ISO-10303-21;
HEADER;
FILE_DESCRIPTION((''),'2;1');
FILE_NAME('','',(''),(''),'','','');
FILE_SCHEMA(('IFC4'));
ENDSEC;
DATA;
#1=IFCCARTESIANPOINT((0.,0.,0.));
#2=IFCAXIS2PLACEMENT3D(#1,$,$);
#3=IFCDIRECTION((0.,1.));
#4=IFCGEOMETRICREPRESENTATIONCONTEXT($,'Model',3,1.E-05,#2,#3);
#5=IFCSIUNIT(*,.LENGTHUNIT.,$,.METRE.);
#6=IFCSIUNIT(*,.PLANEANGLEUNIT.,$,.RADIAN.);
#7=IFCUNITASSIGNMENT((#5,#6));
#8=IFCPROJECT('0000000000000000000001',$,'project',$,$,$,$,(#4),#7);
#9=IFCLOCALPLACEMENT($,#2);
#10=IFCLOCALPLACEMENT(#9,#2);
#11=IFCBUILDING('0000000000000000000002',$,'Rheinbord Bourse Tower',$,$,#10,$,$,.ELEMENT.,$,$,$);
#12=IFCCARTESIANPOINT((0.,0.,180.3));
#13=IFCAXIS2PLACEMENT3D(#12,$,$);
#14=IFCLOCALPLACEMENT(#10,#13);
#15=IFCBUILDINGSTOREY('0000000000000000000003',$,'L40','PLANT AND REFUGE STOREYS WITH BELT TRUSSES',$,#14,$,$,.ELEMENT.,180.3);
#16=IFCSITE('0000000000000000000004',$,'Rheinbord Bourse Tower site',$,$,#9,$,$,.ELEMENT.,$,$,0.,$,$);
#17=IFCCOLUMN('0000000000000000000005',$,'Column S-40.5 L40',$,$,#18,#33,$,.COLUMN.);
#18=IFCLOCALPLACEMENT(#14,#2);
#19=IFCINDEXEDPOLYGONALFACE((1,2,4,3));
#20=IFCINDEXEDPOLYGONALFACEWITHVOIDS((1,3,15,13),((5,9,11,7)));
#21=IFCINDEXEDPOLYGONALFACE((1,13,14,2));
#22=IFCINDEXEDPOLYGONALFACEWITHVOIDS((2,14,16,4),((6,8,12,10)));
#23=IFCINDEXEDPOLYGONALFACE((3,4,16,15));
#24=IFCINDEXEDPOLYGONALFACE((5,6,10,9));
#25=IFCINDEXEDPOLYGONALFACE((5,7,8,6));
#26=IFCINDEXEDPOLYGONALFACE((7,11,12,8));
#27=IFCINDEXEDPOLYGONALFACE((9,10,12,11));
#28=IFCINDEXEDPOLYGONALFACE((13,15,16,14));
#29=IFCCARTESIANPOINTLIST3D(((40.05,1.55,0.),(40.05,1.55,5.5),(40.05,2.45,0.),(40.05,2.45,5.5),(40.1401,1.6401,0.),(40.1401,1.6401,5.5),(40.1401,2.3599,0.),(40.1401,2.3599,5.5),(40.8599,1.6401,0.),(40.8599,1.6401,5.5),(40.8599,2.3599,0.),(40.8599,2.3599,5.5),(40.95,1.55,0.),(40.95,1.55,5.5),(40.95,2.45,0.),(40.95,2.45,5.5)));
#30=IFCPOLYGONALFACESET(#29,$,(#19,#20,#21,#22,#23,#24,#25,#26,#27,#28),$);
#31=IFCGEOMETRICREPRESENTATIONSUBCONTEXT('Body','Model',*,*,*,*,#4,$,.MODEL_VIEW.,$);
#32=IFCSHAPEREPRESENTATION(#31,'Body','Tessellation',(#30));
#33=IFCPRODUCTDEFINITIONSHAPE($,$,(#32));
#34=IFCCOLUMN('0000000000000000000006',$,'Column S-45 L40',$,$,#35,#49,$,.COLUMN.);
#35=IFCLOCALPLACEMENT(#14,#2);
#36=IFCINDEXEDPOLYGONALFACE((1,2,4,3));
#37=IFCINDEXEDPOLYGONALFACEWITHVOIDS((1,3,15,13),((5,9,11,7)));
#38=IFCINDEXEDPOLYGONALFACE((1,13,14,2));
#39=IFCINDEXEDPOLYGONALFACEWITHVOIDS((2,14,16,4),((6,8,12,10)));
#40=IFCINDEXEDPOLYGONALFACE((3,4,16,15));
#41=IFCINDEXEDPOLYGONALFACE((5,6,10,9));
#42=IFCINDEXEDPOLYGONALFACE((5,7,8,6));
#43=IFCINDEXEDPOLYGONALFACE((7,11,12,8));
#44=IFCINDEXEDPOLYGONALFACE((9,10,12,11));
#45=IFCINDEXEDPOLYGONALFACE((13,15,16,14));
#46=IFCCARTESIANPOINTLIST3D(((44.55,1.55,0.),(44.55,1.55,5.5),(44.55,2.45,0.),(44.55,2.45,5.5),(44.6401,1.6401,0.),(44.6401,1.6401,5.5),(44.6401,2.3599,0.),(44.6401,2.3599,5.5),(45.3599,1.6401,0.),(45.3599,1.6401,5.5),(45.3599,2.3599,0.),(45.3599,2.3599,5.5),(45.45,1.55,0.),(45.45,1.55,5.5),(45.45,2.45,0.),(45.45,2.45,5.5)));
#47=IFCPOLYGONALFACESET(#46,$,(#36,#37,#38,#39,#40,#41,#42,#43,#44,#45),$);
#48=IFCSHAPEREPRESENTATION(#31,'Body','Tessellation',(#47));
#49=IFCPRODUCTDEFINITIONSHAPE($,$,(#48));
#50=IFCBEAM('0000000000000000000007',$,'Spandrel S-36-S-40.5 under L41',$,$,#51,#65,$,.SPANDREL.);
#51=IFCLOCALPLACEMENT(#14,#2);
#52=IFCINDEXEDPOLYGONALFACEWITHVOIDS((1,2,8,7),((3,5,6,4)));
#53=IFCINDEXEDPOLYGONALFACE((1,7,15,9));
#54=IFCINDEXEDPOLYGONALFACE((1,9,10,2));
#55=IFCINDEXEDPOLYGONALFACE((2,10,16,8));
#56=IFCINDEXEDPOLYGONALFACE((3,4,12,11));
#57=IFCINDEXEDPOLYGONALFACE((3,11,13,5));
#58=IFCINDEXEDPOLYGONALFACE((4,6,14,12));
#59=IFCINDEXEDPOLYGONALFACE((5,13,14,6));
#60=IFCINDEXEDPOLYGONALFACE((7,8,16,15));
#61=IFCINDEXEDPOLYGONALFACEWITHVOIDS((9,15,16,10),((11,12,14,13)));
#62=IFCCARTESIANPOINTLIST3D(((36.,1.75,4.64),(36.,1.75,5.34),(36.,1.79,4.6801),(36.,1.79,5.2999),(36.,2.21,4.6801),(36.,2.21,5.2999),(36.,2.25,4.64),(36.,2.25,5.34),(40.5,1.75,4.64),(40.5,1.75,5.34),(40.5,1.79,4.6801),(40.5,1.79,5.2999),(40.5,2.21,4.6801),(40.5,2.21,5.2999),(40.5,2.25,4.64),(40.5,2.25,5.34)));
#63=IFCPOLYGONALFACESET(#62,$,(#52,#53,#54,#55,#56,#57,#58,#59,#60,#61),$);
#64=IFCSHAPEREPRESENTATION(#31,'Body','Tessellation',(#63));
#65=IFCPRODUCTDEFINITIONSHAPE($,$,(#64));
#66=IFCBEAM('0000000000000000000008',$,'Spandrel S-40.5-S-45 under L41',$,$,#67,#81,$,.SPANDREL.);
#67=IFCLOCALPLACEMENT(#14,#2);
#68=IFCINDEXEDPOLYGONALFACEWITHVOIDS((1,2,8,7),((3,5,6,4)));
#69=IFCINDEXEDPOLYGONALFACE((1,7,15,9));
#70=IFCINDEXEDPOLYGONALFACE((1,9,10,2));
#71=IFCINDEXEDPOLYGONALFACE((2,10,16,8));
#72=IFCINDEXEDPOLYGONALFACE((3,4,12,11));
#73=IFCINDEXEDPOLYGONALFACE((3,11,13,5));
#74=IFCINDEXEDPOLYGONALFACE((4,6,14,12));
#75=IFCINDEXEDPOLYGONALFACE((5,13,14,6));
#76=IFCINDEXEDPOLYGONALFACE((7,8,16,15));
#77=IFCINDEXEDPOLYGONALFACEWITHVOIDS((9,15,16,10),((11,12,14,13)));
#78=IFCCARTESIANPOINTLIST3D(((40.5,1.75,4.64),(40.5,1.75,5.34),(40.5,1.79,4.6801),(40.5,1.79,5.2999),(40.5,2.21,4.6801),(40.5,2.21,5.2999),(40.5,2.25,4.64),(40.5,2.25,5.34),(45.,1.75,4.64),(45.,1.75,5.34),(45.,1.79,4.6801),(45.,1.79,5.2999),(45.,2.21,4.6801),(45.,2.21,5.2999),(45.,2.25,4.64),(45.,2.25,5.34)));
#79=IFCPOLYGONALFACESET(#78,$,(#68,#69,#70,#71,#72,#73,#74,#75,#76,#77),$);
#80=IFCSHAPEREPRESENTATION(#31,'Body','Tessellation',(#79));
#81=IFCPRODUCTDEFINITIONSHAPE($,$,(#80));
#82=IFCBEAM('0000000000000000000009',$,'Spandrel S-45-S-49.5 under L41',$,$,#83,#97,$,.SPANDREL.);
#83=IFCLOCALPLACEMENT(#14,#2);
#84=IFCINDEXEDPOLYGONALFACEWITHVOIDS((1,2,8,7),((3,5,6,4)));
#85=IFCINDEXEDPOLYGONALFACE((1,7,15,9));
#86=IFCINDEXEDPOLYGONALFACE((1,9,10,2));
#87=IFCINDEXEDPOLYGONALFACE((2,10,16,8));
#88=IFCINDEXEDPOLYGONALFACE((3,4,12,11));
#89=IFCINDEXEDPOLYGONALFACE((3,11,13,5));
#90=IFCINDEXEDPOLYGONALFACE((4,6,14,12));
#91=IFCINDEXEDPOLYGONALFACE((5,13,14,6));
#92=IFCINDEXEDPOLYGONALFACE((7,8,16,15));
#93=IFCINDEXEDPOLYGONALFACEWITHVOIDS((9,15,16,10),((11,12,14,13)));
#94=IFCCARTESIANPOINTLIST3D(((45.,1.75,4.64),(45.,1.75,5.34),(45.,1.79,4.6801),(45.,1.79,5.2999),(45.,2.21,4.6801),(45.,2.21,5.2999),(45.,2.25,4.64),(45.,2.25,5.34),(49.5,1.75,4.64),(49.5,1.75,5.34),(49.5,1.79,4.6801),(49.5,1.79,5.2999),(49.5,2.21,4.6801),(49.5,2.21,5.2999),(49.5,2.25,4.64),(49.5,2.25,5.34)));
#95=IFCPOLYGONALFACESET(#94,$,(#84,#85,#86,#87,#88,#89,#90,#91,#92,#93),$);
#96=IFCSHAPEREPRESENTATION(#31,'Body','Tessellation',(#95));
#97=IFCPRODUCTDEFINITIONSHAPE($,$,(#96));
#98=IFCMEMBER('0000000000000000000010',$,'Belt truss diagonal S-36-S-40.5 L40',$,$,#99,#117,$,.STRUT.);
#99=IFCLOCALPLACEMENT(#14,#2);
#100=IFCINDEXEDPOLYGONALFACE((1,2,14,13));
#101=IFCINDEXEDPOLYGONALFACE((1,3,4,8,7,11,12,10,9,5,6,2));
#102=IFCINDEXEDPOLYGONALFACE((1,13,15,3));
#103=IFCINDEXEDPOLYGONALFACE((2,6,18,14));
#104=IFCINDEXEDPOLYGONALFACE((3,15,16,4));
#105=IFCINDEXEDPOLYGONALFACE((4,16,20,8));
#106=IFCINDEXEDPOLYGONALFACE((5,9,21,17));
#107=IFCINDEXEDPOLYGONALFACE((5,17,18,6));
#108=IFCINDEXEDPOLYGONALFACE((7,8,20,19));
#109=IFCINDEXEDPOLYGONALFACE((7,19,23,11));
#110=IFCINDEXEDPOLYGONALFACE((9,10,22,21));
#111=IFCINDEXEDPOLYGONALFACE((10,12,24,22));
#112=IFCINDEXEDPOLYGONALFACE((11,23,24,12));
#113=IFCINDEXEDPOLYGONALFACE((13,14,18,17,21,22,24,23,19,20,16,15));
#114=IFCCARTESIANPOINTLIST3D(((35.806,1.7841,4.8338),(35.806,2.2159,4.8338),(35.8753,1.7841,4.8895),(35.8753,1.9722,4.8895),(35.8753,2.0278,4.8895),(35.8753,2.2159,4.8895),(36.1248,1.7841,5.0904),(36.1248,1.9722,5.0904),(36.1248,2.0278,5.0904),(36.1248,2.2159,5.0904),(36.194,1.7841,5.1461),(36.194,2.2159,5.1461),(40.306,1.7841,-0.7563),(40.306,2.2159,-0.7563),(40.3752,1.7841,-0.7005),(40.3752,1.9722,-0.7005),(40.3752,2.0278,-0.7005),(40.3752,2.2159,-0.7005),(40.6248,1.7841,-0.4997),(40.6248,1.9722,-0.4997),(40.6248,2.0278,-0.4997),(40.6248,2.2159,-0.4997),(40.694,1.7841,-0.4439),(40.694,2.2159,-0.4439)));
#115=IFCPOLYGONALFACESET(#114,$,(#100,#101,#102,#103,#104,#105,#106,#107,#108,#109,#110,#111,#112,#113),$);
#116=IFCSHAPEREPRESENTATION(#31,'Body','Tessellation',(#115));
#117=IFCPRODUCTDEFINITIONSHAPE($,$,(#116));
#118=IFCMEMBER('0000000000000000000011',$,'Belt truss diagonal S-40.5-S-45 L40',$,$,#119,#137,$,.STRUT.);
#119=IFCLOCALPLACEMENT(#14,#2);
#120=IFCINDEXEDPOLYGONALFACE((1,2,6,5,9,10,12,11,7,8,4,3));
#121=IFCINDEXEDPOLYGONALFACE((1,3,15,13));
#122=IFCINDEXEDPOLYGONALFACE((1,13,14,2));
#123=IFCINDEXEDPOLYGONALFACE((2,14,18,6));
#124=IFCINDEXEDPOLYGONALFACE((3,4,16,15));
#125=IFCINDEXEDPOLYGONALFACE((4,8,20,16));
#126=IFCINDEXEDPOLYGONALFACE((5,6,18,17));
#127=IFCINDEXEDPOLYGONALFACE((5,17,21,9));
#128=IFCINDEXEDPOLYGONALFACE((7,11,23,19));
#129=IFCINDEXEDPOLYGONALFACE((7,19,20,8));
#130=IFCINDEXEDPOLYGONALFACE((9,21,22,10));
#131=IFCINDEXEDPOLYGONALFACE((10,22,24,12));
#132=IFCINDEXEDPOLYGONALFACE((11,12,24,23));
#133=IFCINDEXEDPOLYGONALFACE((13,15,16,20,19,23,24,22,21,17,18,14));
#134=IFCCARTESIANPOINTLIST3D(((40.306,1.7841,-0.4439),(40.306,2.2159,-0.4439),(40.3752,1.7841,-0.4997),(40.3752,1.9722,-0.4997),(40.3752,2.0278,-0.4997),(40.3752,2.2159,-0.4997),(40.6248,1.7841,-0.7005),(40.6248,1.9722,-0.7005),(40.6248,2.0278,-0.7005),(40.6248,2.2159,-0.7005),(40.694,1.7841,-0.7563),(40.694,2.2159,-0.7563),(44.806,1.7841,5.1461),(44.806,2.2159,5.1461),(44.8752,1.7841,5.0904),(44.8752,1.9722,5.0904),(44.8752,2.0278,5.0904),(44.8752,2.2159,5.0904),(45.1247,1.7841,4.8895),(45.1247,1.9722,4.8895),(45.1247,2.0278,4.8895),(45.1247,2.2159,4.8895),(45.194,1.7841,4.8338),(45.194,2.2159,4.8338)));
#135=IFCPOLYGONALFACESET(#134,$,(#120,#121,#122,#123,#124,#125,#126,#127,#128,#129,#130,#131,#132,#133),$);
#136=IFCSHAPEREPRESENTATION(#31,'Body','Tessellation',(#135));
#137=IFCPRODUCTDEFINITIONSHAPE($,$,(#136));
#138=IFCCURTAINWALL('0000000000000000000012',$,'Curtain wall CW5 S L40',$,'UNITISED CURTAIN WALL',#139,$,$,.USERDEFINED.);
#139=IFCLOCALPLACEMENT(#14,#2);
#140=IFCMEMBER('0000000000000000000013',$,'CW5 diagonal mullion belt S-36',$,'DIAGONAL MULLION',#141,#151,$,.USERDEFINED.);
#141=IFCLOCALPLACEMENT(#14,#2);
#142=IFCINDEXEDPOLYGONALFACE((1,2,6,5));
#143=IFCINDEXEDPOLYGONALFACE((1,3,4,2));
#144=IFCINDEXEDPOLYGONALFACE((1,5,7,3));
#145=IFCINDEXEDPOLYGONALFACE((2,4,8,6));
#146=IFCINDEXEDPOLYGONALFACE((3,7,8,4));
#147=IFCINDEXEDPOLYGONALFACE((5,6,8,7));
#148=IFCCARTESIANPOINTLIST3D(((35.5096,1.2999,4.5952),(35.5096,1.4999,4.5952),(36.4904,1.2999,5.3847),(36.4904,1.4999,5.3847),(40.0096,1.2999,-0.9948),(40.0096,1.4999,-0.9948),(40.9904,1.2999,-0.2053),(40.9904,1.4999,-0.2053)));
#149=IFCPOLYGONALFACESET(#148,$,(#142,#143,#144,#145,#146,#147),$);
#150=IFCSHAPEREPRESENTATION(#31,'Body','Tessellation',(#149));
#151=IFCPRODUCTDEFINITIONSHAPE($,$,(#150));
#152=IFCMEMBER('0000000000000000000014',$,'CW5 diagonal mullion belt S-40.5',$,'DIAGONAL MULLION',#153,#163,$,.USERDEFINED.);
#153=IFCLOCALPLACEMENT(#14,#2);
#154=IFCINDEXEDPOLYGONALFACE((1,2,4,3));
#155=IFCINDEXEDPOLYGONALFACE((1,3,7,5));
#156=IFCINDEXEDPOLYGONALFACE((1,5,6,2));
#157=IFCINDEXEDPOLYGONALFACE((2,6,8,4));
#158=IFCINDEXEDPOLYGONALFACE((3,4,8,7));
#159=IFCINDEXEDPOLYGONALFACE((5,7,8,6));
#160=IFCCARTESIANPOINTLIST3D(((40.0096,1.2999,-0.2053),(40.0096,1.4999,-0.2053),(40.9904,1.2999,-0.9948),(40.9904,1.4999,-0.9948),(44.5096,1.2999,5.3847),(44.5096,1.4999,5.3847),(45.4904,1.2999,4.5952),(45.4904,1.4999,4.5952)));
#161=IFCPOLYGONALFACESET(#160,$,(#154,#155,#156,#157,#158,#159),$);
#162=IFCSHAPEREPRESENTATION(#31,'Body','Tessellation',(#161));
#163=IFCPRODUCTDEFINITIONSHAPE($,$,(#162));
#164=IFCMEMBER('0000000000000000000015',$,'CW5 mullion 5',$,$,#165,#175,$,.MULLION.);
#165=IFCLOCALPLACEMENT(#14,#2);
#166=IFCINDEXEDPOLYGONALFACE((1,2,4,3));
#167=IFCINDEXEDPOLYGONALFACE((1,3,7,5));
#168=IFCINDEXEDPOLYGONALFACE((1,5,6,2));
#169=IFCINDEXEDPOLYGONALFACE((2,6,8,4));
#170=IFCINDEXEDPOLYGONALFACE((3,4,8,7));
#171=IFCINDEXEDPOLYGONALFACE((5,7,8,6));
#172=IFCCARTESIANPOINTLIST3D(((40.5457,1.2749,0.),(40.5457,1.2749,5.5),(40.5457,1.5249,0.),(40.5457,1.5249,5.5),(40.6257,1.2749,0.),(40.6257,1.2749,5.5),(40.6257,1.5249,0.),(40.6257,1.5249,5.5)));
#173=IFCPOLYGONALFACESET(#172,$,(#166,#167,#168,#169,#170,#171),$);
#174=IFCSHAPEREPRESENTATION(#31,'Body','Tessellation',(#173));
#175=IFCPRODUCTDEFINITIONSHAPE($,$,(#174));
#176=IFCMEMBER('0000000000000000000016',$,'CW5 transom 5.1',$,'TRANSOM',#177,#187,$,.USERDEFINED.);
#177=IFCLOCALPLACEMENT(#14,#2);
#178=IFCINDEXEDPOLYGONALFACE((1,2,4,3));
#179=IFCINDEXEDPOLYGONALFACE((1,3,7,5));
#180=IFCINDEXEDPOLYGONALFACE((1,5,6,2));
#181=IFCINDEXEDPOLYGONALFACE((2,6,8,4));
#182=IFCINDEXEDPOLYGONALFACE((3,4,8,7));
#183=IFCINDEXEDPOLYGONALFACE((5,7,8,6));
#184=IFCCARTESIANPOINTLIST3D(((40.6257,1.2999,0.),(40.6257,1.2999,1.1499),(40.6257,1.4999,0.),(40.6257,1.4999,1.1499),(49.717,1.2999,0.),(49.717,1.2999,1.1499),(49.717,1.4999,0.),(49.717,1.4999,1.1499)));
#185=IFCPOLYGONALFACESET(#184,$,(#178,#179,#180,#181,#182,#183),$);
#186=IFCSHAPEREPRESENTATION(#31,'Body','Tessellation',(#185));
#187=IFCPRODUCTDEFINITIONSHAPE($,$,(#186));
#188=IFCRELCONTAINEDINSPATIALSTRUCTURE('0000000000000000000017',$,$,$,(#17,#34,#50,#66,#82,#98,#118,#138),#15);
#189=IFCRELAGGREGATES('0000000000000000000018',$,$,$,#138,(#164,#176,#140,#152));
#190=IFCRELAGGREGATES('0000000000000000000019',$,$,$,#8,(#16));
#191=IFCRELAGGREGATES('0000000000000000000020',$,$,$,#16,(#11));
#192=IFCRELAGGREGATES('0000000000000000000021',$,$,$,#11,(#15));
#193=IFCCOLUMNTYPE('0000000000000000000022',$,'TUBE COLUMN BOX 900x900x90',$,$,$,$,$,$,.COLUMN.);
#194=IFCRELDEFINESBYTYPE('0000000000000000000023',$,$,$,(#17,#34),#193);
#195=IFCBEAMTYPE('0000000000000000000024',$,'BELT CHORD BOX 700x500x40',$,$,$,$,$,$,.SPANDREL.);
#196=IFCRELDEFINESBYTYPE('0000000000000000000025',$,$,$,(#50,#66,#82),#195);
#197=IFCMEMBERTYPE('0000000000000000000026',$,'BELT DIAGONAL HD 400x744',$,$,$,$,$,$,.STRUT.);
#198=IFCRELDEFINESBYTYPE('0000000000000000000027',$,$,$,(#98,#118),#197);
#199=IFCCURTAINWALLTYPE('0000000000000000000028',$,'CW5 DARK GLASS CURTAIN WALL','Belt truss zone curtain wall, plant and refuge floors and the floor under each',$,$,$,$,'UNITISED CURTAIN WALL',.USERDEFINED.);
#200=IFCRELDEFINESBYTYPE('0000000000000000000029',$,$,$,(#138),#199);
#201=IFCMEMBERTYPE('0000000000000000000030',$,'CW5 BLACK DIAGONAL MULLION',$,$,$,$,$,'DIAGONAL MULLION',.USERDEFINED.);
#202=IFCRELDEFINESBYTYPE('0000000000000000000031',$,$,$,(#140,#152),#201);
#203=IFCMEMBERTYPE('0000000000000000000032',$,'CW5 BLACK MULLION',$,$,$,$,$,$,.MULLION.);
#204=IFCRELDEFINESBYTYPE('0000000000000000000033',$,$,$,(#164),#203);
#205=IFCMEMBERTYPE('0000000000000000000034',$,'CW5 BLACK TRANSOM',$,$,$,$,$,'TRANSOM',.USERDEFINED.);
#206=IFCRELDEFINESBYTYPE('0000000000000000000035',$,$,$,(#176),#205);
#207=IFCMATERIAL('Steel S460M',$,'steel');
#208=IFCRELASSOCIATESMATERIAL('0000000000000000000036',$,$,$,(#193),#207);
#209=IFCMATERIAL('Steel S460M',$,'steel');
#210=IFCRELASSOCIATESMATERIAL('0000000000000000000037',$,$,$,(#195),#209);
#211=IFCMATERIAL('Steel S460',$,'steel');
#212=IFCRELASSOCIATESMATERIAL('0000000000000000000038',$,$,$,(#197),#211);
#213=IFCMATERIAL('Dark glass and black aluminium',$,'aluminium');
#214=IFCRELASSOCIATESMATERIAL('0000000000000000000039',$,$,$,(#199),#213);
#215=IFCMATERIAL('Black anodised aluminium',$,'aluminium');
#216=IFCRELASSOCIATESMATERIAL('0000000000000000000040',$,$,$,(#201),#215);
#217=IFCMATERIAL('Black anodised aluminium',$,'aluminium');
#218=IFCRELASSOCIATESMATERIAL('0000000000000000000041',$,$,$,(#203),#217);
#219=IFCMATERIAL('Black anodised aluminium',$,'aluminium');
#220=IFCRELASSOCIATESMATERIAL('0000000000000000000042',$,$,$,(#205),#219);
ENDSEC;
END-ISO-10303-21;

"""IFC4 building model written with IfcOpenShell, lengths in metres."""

from ifc_helpers import new_model, si_unit, direction, frame, origin, origin_2d, place, context, subcontext, project, spatial, rectangle, hollow_rectangle, i_section, extrude, material, material_profile, profile_set, type_object, element, aggregate, save


model = new_model("IFC4")

# Units and contexts
model_context = context("Model", 3, precision=1e-05, world=origin(), true_north=direction((0.0, 1.0)))
body_context = subcontext(model_context, "Body", "Model", "MODEL_VIEW")
ifc_project = project(units=[si_unit("LENGTHUNIT", "METRE"), si_unit("PLANEANGLEUNIT", "RADIAN")], contexts=[model_context])

# Site, building, storey
site_placement = place(None, origin())
site = spatial("IfcSite", under=ifc_project, at=site_placement, Name="Rheinbord Bourse Tower site", CompositionType="ELEMENT", RefElevation=0.0)
building_placement = place(site_placement, origin())
building = spatial("IfcBuilding", under=site, at=building_placement, Name="Rheinbord Bourse Tower", CompositionType="ELEMENT")
storey_placement = place(building_placement, frame((0.0, 0.0, 180.3)))
storey = spatial("IfcBuildingStorey", under=building, at=storey_placement, Name="L40", Description="PLANT AND REFUGE STOREYS WITH BELT TRUSSES", CompositionType="ELEMENT", Elevation=180.3)

# Columns
ifc_material_1 = material(Name="Steel S460M", Category="steel")
ifc_material_profile_1 = material_profile(ifc_material_1, hollow_rectangle(XDim=0.8999, YDim=0.8999, WallThickness=0.0901, at=origin_2d()), Name="BOX 900x900x90")
ifc_profile_set_1 = profile_set([ifc_material_profile_1], Name="Steel S460M")
column_type = type_object("IfcColumnType", Name="TUBE COLUMN BOX 900x900x90", PredefinedType="COLUMN", material=ifc_profile_set_1)
for number, where, z_axis, x_axis, name in (
    (1, (40.5, 2.0, 0.0), (0.0, 0.0, 1.0), (0.0, 1.0, 0.0), "Column S-40.5 L40"),
    (2, (45.0, 2.0, 0.0), (0.0, 0.0, 1.0), (0.0, 1.0, 0.0), "Column S-45 L40"),
):
    element("IfcColumn", number, at=place(storey_placement, frame(where, z_axis=z_axis, x_axis=x_axis)), inside=storey, type_object=column_type, Name=name, PredefinedType="COLUMN", context=body_context, shape_type="SweptSolid", body=[
        extrude(hollow_rectangle(XDim=0.8999, YDim=0.8999, WallThickness=0.0901, at=origin_2d()), origin(), (0.0, 0.0, 1.0), 5.5),
    ])

# Beams
ifc_material_2 = material(Name="Steel S460M", Category="steel")
ifc_material_profile_2 = material_profile(ifc_material_2, hollow_rectangle(XDim=0.5, YDim=0.7, WallThickness=0.04, at=origin_2d()), Name="BOX 700x500x40")
ifc_profile_set_2 = profile_set([ifc_material_profile_2], Name="Steel S460M")
beam_type_1 = type_object("IfcBeamType", Name="BELT CHORD BOX 700x500x40", PredefinedType="SPANDREL", material=ifc_profile_set_2)
for number, where, z_axis, x_axis, name in (
    (3, (36.0, 2.0, 4.99), (1.0, 0.0, 0.0), (0.0, 1.0, 0.0), "Spandrel S-36-S-40.5 under L41"),
    (4, (40.5, 2.0, 4.99), (1.0, 0.0, 0.0), (0.0, 1.0, 0.0), "Spandrel S-40.5-S-45 under L41"),
    (5, (45.0, 2.0, 4.99), (1.0, 0.0, 0.0), (0.0, 1.0, 0.0), "Spandrel S-45-S-49.5 under L41"),
):
    element("IfcBeam", number, at=place(storey_placement, frame(where, z_axis=z_axis, x_axis=x_axis)), inside=storey, type_object=beam_type_1, Name=name, PredefinedType="SPANDREL", context=body_context, shape_type="SweptSolid", body=[
        extrude(hollow_rectangle(XDim=0.5, YDim=0.7, WallThickness=0.04, at=origin_2d()), origin(), (0.0, 0.0, 1.0), 4.5),
    ])

# Members
ifc_material_3 = material(Name="Steel S460", Category="steel")
ifc_material_profile_3 = material_profile(ifc_material_3, i_section(OverallWidth=0.4319, OverallDepth=0.498, WebThickness=0.0557, FlangeThickness=0.0889, at=origin_2d()), Name="HD 400x744")
ifc_profile_set_3 = profile_set([ifc_material_profile_3], Name="Steel S460")
member_type_1 = type_object("IfcMemberType", Name="BELT DIAGONAL HD 400x744", PredefinedType="STRUT", material=ifc_profile_set_3)
for number, where, z_axis, x_axis, name in (
    (6, (40.5, 2.0, -0.6001), (-0.627065, 0.0, 0.778967), (0.0, -1.0, 0.0), "Belt truss diagonal S-36-S-40.5 L40"),
    (7, (40.5, 2.0, -0.6001), (0.627065, 0.0, 0.778967), (0.0, 1.0, 0.0), "Belt truss diagonal S-40.5-S-45 L40"),
):
    element("IfcMember", number, at=place(storey_placement, frame(where, z_axis=z_axis, x_axis=x_axis)), inside=storey, type_object=member_type_1, Name=name, PredefinedType="STRUT", context=body_context, shape_type="SweptSolid", body=[
        extrude(i_section(OverallWidth=0.4319, OverallDepth=0.498, WebThickness=0.0557, FlangeThickness=0.0889, at=origin_2d()), origin(), (0.0, 0.0, 1.0), 7.1763),
    ])

# Curtain wall, members
ifc_material_4 = material(Name="Dark glass and black aluminium", Category="aluminium")
curtain_wall_type = type_object("IfcCurtainWallType", Name="CW5 DARK GLASS CURTAIN WALL", Description="Belt truss zone curtain wall, plant and refuge floors and the floor under each", ElementType="UNITISED CURTAIN WALL", PredefinedType="USERDEFINED", material=ifc_material_4)
curtain_wall_placement = place(storey_placement, origin())
curtain_wall = element("IfcCurtainWall", 8, at=curtain_wall_placement, inside=storey, type_object=curtain_wall_type, Name="Curtain wall CW5 S L40", ObjectType="UNITISED CURTAIN WALL", PredefinedType="USERDEFINED")
ifc_material_5 = material(Name="Black anodised aluminium", Category="aluminium")
ifc_material_profile_4 = material_profile(ifc_material_5, rectangle(XDim=0.2, YDim=1.259, at=origin_2d()), Name="CW5 DIAGONAL MULLION 1259x200")
ifc_profile_set_4 = profile_set([ifc_material_profile_4], Name="Black anodised aluminium")
member_type_2 = type_object("IfcMemberType", Name="CW5 BLACK DIAGONAL MULLION", ElementType="DIAGONAL MULLION", PredefinedType="USERDEFINED", material=ifc_profile_set_4)
member_1_placement = place(storey_placement, frame((40.5, 1.3999, -0.6001), z_axis=(-0.627065, 0.0, 0.778967), x_axis=(0.0, -1.0, 0.0)))
member_1 = element("IfcMember", 9, at=member_1_placement, type_object=member_type_2, Name="CW5 diagonal mullion belt S-36", ObjectType="DIAGONAL MULLION", PredefinedType="USERDEFINED", context=body_context, shape_type="SweptSolid", body=[
    extrude(rectangle(XDim=0.2, YDim=1.259, at=origin_2d()), origin(), (0.0, 0.0, 1.0), 7.1763),
])
member_2_placement = place(storey_placement, frame((40.5, 1.3999, -0.6001), z_axis=(0.627065, 0.0, 0.778967), x_axis=(0.0, 1.0, 0.0)))
member_2 = element("IfcMember", 10, at=member_2_placement, type_object=member_type_2, Name="CW5 diagonal mullion belt S-40.5", ObjectType="DIAGONAL MULLION", PredefinedType="USERDEFINED", context=body_context, shape_type="SweptSolid", body=[
    extrude(rectangle(XDim=0.2, YDim=1.259, at=origin_2d()), origin(), (0.0, 0.0, 1.0), 7.1763),
])
ifc_material_6 = material(Name="Black anodised aluminium", Category="aluminium")
ifc_material_profile_5 = material_profile(ifc_material_6, rectangle(XDim=0.25, YDim=0.0801, at=origin_2d()), Name="CW5 MULLION 80x250")
ifc_profile_set_5 = profile_set([ifc_material_profile_5], Name="Black anodised aluminium")
member_type_3 = type_object("IfcMemberType", Name="CW5 BLACK MULLION", PredefinedType="MULLION", material=ifc_profile_set_5)
member_3_placement = place(storey_placement, frame((40.5857, 1.3999, 0.0), z_axis=(0.0, 0.0, 1.0), x_axis=(0.0, 1.0, 0.0)))
member_3 = element("IfcMember", 11, at=member_3_placement, type_object=member_type_3, Name="CW5 mullion 5", PredefinedType="MULLION", context=body_context, shape_type="SweptSolid", body=[
    extrude(rectangle(XDim=0.25, YDim=0.0801, at=origin_2d()), origin(), (0.0, 0.0, 1.0), 5.5),
])
ifc_material_7 = material(Name="Black anodised aluminium", Category="aluminium")
ifc_material_profile_6 = material_profile(ifc_material_7, rectangle(XDim=0.2, YDim=1.1499, at=origin_2d()), Name="CW5 TRANSOM 1150x200")
ifc_profile_set_6 = profile_set([ifc_material_profile_6], Name="Black anodised aluminium")
member_type_4 = type_object("IfcMemberType", Name="CW5 BLACK TRANSOM", ElementType="TRANSOM", PredefinedType="USERDEFINED", material=ifc_profile_set_6)
member_4_placement = place(storey_placement, frame((40.6257, 1.3999, 0.575), z_axis=(1.0, 0.0, 0.0), x_axis=(0.0, 1.0, 0.0)))
member_4 = element("IfcMember", 12, at=member_4_placement, type_object=member_type_4, Name="CW5 transom 5.1", ObjectType="TRANSOM", PredefinedType="USERDEFINED", context=body_context, shape_type="SweptSolid", body=[
    extrude(rectangle(XDim=0.2, YDim=1.1499, at=origin_2d()), origin(), (0.0, 0.0, 1.0), 9.0913),
])

aggregate(curtain_wall, [member_3, member_4, member_1, member_2])

save(model, "model.ifc")
